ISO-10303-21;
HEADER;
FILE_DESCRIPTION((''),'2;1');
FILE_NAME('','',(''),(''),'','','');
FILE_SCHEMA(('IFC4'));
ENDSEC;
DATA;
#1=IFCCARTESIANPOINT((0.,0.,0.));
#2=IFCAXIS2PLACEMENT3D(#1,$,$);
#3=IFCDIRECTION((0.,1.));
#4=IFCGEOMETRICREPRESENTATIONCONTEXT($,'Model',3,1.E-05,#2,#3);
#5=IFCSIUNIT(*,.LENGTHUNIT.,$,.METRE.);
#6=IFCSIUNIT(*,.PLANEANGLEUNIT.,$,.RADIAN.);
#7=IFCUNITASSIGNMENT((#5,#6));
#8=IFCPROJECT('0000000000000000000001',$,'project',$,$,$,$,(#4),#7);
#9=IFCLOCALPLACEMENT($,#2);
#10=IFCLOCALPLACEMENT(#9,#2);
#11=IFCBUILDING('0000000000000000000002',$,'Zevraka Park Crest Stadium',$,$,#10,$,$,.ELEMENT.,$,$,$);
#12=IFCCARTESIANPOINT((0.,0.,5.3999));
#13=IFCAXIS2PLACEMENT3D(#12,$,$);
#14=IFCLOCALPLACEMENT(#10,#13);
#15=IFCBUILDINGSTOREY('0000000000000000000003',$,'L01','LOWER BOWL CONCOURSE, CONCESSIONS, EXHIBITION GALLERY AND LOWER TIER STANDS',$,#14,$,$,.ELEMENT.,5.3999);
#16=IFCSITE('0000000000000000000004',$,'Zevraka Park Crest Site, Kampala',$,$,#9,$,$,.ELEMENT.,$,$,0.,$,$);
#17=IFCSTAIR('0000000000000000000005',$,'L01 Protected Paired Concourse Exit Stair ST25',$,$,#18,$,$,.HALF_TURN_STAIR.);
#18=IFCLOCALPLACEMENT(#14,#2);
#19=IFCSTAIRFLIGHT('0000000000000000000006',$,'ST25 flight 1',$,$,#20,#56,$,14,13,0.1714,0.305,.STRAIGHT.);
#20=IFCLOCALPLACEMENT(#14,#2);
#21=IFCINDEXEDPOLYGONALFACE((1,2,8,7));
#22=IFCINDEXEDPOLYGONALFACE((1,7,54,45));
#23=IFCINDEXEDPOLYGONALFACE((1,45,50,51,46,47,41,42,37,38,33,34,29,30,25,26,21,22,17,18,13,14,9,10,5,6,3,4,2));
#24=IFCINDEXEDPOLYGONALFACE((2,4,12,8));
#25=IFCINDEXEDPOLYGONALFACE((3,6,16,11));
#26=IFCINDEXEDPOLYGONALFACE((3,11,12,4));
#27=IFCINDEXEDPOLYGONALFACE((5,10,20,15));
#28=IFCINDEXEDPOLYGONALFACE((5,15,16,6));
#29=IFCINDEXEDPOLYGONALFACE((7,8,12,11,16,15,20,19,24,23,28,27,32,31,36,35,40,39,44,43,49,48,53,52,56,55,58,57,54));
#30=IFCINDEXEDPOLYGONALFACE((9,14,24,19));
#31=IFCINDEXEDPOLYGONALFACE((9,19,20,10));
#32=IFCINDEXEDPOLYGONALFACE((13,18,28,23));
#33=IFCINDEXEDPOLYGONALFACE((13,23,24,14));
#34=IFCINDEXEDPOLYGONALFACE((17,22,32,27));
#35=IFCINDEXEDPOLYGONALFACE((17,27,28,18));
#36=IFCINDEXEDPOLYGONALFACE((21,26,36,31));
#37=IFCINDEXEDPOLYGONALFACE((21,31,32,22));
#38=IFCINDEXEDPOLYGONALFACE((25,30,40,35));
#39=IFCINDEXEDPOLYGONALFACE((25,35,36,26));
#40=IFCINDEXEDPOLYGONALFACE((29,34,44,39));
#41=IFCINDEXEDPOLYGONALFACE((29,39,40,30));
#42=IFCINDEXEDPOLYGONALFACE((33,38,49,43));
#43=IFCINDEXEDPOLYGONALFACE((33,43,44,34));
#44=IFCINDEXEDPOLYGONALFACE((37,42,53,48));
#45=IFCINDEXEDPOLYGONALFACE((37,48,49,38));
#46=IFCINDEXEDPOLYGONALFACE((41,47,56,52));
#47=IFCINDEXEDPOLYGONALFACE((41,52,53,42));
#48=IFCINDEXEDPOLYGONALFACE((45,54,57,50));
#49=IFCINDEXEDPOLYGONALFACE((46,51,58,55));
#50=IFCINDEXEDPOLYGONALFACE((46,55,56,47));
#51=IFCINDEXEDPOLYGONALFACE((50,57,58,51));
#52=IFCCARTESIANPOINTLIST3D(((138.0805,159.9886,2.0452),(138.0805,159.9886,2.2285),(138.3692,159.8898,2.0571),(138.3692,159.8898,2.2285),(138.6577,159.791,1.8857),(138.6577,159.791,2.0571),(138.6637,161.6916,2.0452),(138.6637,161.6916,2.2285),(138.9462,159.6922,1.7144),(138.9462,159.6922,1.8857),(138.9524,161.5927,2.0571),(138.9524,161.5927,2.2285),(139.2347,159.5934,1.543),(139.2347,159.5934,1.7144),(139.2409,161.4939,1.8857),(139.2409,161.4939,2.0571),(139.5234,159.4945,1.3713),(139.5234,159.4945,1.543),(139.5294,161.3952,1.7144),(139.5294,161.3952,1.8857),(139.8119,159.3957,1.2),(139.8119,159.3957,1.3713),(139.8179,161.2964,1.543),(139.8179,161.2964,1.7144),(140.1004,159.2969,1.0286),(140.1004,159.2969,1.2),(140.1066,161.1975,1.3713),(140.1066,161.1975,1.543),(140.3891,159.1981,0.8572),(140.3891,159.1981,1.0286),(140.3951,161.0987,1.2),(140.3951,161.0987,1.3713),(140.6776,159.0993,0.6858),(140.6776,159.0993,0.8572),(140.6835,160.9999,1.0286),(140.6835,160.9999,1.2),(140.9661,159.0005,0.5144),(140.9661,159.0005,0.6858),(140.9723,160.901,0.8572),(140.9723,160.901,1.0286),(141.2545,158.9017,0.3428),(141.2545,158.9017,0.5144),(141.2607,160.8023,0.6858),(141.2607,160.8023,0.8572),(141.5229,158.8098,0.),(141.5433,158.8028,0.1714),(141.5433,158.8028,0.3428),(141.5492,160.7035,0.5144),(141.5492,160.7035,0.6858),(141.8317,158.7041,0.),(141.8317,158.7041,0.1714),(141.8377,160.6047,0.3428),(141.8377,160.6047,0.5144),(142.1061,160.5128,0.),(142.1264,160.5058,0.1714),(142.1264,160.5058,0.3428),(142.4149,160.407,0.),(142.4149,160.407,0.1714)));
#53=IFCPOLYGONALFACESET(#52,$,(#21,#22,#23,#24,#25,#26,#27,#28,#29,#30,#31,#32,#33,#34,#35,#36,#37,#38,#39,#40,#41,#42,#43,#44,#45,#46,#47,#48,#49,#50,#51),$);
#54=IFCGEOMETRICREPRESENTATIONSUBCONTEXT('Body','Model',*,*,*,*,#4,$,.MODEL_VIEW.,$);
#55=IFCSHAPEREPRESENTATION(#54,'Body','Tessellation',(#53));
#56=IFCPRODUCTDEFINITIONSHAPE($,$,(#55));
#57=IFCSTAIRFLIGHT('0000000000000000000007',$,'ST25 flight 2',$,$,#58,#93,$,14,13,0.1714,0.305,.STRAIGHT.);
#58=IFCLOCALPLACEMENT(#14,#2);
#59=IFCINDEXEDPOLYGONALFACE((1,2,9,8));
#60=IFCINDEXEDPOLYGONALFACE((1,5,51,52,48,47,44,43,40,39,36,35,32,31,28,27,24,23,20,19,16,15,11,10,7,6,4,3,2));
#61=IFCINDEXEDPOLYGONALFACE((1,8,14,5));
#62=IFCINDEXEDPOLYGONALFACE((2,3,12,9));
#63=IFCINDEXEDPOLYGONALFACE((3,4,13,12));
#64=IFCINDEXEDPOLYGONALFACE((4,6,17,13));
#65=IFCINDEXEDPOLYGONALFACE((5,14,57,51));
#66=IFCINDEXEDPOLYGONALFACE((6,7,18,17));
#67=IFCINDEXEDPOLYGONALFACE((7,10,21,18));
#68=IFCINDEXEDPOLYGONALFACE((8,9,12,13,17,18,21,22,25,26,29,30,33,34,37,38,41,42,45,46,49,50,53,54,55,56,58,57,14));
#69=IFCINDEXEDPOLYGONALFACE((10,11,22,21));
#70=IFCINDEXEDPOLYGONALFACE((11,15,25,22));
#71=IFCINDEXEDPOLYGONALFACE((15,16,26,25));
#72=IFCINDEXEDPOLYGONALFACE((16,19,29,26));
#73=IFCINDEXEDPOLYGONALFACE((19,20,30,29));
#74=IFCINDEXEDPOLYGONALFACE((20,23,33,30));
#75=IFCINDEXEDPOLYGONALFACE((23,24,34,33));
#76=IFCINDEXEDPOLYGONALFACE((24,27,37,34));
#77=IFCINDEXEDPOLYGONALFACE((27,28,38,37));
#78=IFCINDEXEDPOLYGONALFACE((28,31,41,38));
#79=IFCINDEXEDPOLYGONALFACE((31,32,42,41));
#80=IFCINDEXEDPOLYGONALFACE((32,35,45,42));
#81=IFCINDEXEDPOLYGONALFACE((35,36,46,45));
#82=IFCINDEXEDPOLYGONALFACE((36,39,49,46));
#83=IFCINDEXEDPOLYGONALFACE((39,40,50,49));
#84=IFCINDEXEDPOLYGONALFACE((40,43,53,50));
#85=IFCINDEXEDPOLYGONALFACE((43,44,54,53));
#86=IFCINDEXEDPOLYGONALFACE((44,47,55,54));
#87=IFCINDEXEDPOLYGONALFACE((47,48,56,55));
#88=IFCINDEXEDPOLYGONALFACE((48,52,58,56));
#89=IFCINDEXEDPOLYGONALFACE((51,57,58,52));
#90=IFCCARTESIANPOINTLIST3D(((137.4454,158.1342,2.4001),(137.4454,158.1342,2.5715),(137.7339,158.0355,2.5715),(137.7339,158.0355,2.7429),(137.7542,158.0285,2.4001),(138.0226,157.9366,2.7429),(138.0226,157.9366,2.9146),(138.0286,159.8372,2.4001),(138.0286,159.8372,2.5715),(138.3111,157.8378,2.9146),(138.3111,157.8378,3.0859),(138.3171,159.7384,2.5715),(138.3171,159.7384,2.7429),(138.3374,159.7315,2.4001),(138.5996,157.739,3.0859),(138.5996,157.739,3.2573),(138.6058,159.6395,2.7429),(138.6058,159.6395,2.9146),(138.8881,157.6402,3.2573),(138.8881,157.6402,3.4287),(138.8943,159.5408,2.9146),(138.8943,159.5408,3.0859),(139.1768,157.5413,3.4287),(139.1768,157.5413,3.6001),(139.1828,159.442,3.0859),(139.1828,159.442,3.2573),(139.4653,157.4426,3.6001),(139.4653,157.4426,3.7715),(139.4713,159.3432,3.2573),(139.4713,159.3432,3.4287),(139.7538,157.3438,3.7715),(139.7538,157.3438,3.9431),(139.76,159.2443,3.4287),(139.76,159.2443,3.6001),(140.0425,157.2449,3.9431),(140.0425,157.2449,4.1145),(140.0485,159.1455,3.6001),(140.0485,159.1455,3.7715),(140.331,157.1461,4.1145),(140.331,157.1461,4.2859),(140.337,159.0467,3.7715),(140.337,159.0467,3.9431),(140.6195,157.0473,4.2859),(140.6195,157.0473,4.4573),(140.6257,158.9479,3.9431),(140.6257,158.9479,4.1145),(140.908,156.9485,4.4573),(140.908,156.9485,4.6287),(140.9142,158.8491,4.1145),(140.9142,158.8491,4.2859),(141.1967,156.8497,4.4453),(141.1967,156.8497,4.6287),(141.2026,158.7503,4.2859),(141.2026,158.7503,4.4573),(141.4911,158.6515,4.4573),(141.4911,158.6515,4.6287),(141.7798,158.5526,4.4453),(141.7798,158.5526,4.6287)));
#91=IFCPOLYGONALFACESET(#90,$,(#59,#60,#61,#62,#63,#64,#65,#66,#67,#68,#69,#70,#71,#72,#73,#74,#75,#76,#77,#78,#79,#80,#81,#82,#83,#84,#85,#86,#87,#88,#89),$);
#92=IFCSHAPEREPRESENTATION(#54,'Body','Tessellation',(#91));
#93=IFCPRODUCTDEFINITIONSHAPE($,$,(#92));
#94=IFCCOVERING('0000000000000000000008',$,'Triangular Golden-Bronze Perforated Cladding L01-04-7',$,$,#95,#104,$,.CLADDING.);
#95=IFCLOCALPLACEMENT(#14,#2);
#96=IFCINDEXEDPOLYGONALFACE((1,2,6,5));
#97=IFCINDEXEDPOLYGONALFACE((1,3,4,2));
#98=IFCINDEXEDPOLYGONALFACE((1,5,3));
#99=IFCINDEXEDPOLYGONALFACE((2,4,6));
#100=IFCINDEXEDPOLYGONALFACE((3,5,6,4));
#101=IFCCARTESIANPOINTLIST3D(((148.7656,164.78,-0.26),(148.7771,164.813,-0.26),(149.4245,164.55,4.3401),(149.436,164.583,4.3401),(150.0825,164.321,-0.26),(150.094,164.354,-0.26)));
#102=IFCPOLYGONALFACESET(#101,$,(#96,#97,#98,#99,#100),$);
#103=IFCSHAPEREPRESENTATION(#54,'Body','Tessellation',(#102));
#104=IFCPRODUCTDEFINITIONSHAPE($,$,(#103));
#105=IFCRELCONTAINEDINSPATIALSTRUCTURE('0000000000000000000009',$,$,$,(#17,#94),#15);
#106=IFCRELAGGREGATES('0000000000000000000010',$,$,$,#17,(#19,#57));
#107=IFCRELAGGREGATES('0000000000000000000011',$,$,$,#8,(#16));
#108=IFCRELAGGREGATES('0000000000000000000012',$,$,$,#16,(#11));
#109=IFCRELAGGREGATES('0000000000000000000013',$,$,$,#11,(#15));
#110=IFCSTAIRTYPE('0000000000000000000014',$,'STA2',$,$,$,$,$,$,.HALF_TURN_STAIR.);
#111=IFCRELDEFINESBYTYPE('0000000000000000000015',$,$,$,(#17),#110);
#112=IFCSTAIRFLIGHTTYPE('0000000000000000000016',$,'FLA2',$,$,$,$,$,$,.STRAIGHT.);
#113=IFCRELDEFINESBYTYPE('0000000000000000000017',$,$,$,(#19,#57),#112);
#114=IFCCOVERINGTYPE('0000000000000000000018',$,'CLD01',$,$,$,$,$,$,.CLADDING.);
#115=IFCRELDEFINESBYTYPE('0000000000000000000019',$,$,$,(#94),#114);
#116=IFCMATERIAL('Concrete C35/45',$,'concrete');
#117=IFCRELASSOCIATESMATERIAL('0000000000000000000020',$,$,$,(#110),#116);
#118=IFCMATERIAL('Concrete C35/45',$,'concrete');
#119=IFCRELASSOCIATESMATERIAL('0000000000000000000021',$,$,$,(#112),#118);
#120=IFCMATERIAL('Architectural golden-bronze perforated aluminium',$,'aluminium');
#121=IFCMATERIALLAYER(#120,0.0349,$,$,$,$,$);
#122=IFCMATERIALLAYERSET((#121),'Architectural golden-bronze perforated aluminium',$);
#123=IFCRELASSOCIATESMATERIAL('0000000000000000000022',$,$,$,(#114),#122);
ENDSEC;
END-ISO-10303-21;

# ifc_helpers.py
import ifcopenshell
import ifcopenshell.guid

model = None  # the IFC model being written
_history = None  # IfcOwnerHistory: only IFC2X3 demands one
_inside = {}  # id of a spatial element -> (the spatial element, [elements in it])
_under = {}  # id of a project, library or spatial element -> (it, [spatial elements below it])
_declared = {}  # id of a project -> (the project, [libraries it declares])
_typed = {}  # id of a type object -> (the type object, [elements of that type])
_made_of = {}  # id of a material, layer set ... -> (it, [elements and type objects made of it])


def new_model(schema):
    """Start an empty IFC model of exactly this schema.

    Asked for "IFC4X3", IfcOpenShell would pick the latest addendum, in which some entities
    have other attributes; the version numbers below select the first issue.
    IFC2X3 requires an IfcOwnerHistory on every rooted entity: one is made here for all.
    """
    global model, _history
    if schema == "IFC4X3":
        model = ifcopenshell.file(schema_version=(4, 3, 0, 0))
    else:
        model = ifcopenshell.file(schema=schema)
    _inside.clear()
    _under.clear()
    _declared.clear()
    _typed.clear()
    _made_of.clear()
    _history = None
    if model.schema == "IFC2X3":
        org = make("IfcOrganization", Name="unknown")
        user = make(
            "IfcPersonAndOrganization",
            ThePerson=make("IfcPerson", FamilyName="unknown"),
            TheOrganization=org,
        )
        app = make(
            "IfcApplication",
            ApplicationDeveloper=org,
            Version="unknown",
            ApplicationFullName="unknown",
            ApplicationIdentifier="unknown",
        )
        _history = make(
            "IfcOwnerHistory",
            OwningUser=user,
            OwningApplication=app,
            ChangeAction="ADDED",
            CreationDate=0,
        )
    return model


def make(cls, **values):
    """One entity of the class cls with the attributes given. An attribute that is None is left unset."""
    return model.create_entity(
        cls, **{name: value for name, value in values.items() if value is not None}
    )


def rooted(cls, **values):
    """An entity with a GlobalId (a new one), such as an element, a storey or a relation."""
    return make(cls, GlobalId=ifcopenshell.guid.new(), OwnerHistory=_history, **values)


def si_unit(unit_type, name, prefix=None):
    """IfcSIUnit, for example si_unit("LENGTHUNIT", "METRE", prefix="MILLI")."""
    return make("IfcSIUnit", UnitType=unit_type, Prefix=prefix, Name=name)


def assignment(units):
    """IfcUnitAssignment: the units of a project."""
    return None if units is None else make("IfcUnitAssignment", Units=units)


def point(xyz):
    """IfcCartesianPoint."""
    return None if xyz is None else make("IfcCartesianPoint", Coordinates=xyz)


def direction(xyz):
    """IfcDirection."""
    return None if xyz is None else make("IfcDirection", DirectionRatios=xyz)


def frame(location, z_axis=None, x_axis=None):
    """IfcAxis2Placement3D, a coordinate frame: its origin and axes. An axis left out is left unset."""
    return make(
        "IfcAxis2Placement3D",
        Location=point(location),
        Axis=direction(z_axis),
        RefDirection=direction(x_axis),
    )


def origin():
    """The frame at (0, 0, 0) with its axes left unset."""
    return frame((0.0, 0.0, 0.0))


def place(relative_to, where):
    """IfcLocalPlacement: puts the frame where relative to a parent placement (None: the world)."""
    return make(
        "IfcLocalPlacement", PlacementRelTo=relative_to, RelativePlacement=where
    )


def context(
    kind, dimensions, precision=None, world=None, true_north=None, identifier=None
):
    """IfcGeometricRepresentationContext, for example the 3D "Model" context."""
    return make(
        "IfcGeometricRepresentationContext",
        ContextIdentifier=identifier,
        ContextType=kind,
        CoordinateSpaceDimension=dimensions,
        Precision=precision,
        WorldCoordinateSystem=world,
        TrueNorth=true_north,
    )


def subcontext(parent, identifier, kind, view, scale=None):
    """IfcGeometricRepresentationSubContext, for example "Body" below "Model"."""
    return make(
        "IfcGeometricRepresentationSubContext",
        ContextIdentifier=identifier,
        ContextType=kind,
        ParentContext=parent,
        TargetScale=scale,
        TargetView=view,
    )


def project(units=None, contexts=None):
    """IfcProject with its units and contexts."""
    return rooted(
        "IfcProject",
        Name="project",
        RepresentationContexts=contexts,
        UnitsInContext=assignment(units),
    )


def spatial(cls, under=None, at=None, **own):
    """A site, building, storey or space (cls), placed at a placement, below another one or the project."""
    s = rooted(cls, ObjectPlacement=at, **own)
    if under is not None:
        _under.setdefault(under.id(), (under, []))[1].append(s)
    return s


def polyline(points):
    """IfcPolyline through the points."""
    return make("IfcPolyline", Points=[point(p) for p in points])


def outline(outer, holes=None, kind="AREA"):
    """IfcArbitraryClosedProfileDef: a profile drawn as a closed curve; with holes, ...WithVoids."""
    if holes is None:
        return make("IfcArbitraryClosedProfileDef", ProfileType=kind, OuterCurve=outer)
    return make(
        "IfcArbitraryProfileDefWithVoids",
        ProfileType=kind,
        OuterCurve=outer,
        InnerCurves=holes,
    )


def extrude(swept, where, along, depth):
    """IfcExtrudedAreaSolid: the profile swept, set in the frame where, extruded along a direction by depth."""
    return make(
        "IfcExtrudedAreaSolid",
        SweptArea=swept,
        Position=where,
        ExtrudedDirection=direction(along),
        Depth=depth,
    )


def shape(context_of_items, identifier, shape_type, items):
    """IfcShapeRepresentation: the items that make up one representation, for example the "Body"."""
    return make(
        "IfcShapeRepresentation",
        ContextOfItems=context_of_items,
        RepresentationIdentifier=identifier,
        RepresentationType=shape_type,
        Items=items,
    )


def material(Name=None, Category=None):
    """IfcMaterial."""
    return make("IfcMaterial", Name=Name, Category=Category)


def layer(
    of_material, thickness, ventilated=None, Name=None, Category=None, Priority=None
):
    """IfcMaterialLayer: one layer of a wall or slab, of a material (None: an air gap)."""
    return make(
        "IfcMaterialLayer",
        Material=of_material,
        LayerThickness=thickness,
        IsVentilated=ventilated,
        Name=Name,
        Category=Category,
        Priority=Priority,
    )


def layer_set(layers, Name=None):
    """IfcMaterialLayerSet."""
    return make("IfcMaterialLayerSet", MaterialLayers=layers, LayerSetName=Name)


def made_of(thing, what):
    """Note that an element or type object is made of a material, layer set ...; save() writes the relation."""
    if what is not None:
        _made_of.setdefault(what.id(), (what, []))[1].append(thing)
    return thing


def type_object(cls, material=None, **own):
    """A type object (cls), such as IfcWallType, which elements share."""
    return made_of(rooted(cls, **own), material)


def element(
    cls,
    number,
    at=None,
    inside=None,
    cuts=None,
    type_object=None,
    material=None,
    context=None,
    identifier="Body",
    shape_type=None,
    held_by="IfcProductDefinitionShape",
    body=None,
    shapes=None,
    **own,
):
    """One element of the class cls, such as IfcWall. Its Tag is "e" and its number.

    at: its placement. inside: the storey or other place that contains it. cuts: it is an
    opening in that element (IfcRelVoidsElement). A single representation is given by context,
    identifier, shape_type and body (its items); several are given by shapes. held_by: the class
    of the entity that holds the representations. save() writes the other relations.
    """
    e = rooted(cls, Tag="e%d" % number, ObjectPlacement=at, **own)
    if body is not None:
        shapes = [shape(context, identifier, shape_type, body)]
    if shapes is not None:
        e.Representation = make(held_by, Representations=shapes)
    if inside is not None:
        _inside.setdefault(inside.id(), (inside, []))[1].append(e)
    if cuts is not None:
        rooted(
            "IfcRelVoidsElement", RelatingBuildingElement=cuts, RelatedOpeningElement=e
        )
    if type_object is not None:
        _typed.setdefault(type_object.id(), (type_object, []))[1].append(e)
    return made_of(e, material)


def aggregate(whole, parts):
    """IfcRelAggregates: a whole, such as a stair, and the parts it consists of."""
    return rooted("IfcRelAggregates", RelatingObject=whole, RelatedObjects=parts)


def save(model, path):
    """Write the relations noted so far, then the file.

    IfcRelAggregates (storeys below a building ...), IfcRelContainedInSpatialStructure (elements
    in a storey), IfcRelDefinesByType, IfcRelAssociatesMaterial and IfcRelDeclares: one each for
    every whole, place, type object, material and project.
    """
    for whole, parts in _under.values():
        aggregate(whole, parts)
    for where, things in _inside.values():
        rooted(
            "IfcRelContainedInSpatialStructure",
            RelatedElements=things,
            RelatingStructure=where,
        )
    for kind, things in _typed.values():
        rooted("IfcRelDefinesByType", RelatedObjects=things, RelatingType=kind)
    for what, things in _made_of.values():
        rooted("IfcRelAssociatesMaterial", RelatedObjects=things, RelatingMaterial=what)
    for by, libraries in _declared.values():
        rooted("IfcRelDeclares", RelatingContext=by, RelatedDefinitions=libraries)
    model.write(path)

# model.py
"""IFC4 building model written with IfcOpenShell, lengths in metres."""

from ifc_helpers import new_model, si_unit, direction, frame, origin, place, context, subcontext, project, spatial, polyline, outline, extrude, material, layer, layer_set, type_object, element, aggregate, save


model = new_model("IFC4")

# Units and contexts
model_context = context("Model", 3, precision=1e-05, world=origin(), true_north=direction((0.0, 1.0)))
body_context = subcontext(model_context, "Body", "Model", "MODEL_VIEW")
ifc_project = project(units=[si_unit("LENGTHUNIT", "METRE"), si_unit("PLANEANGLEUNIT", "RADIAN")], contexts=[model_context])

# Site, building, storey
site_placement = place(None, origin())
site = spatial("IfcSite", under=ifc_project, at=site_placement, Name="Zevraka Park Crest Site, Kampala", CompositionType="ELEMENT", RefElevation=0.0)
building_placement = place(site_placement, origin())
building = spatial("IfcBuilding", under=site, at=building_placement, Name="Zevraka Park Crest Stadium", CompositionType="ELEMENT")
storey_placement = place(building_placement, frame((0.0, 0.0, 5.3999)))
storey = spatial("IfcBuildingStorey", under=building, at=storey_placement, Name="L01", Description="LOWER BOWL CONCOURSE, CONCESSIONS, EXHIBITION GALLERY AND LOWER TIER STANDS", CompositionType="ELEMENT", Elevation=5.3999)

# Stair, stair flights
ifc_material_1 = material(Name="Concrete C35/45", Category="concrete")
stair_type = type_object("IfcStairType", Name="STA2", PredefinedType="HALF_TURN_STAIR", material=ifc_material_1)
stair_placement = place(storey_placement, origin())
stair = element("IfcStair", 1, at=stair_placement, inside=storey, type_object=stair_type, Name="L01 Protected Paired Concourse Exit Stair ST25", PredefinedType="HALF_TURN_STAIR")
ifc_material_2 = material(Name="Concrete C35/45", Category="concrete")
stair_flight_type = type_object("IfcStairFlightType", Name="FLA2", PredefinedType="STRAIGHT", material=ifc_material_2)
stair_flight_1_placement = place(storey_placement, frame((142.1233, 159.5554, 0.0), z_axis=(0.0, 0.0, 1.0), x_axis=(-0.946066, 0.323974, 0.0)))
stair_flight_1 = element("IfcStairFlight", 2, at=stair_flight_1_placement, type_object=stair_flight_type, Name="ST25 flight 1", NumberOfRisers=14, NumberOfTreads=13, PredefinedType="STRAIGHT", RiserHeight=0.1714, TreadLength=0.305, context=body_context, shape_type="SweptSolid", body=[
    extrude(outline(polyline([(0.0, 0.0), (0.0, 0.1714), (0.3049, 0.1714), (0.3049, 0.3428), (0.6101, 0.3428), (0.6101, 0.5144), (0.915, 0.5144), (0.915, 0.6858), (1.22, 0.6858), (1.22, 0.8572), (1.5249, 0.8572), (1.5249, 1.0286), (1.8301, 1.0286), (1.8301, 1.2), (2.135, 1.2), (2.135, 1.3713), (2.4399, 1.3713), (2.4399, 1.543), (2.7451, 1.543), (2.7451, 1.7144), (3.05, 1.7144), (3.05, 1.8857), (3.355, 1.8857), (3.355, 2.0571), (3.6599, 2.0571), (3.6599, 2.2285), (3.9651, 2.2285), (3.9651, 2.3999), (3.9651, 2.0452), (0.3264, 0.0), (0.0, 0.0)])), frame((0.0, 0.8999, 0.0), z_axis=(0.0, -1.0, 0.0), x_axis=(1.0, 0.0, 0.0)), (0.0, 0.0, 1.0), 1.8),
])
stair_flight_2_placement = place(storey_placement, frame((137.7371, 158.9858, 2.4001), z_axis=(0.0, 0.0, 1.0), x_axis=(0.946066, -0.323974, 0.0)))
stair_flight_2 = element("IfcStairFlight", 3, at=stair_flight_2_placement, type_object=stair_flight_type, Name="ST25 flight 2", NumberOfRisers=14, NumberOfTreads=13, PredefinedType="STRAIGHT", RiserHeight=0.1714, TreadLength=0.305, context=body_context, shape_type="SweptSolid", body=[
    extrude(outline(polyline([(0.0, 0.0), (0.0, 0.1714), (0.3049, 0.1714), (0.3049, 0.3428), (0.6101, 0.3428), (0.6101, 0.5144), (0.915, 0.5144), (0.915, 0.6858), (1.22, 0.6858), (1.22, 0.8572), (1.5249, 0.8572), (1.5249, 1.0286), (1.8301, 1.0286), (1.8301, 1.2), (2.135, 1.2), (2.135, 1.3713), (2.4399, 1.3713), (2.4399, 1.543), (2.7451, 1.543), (2.7451, 1.7144), (3.05, 1.7144), (3.05, 1.8857), (3.355, 1.8857), (3.355, 2.0571), (3.6599, 2.0571), (3.6599, 2.2285), (3.9651, 2.2285), (3.9651, 2.3999), (3.9651, 2.0452), (0.3264, 0.0), (0.0, 0.0)])), frame((0.0, 0.8999, 0.0), z_axis=(0.0, -1.0, 0.0), x_axis=(1.0, 0.0, 0.0)), (0.0, 0.0, 1.0), 1.8),
])
aggregate(stair, [stair_flight_1, stair_flight_2])

# Covering
ifc_material_3 = material(Name="Architectural golden-bronze perforated aluminium", Category="aluminium")
ifc_layer_1 = layer(ifc_material_3, 0.0349)
ifc_layer_set_1 = layer_set([ifc_layer_1], Name="Architectural golden-bronze perforated aluminium")
covering_type = type_object("IfcCoveringType", Name="CLD01", PredefinedType="CLADDING", material=ifc_layer_set_1)
covering_placement = place(storey_placement, frame((150.094, 164.354, -0.26), z_axis=(0.329118, 0.944289, 0.000065), x_axis=(-0.944289, 0.329118, 0.0)))
element("IfcCovering", 4, at=covering_placement, inside=storey, type_object=covering_type, Name="Triangular Golden-Bronze Perforated Cladding L01-04-7", PredefinedType="CLADDING", context=body_context, shape_type="SweptSolid", body=[
    extrude(outline(polyline([(0.0, 0.0), (1.3946, 0.0), (0.6967, 4.6001), (0.0, 0.0)])), origin(), (0.0, 0.0, -1.0), 0.0349),
])

save(model, "model.ifc")
